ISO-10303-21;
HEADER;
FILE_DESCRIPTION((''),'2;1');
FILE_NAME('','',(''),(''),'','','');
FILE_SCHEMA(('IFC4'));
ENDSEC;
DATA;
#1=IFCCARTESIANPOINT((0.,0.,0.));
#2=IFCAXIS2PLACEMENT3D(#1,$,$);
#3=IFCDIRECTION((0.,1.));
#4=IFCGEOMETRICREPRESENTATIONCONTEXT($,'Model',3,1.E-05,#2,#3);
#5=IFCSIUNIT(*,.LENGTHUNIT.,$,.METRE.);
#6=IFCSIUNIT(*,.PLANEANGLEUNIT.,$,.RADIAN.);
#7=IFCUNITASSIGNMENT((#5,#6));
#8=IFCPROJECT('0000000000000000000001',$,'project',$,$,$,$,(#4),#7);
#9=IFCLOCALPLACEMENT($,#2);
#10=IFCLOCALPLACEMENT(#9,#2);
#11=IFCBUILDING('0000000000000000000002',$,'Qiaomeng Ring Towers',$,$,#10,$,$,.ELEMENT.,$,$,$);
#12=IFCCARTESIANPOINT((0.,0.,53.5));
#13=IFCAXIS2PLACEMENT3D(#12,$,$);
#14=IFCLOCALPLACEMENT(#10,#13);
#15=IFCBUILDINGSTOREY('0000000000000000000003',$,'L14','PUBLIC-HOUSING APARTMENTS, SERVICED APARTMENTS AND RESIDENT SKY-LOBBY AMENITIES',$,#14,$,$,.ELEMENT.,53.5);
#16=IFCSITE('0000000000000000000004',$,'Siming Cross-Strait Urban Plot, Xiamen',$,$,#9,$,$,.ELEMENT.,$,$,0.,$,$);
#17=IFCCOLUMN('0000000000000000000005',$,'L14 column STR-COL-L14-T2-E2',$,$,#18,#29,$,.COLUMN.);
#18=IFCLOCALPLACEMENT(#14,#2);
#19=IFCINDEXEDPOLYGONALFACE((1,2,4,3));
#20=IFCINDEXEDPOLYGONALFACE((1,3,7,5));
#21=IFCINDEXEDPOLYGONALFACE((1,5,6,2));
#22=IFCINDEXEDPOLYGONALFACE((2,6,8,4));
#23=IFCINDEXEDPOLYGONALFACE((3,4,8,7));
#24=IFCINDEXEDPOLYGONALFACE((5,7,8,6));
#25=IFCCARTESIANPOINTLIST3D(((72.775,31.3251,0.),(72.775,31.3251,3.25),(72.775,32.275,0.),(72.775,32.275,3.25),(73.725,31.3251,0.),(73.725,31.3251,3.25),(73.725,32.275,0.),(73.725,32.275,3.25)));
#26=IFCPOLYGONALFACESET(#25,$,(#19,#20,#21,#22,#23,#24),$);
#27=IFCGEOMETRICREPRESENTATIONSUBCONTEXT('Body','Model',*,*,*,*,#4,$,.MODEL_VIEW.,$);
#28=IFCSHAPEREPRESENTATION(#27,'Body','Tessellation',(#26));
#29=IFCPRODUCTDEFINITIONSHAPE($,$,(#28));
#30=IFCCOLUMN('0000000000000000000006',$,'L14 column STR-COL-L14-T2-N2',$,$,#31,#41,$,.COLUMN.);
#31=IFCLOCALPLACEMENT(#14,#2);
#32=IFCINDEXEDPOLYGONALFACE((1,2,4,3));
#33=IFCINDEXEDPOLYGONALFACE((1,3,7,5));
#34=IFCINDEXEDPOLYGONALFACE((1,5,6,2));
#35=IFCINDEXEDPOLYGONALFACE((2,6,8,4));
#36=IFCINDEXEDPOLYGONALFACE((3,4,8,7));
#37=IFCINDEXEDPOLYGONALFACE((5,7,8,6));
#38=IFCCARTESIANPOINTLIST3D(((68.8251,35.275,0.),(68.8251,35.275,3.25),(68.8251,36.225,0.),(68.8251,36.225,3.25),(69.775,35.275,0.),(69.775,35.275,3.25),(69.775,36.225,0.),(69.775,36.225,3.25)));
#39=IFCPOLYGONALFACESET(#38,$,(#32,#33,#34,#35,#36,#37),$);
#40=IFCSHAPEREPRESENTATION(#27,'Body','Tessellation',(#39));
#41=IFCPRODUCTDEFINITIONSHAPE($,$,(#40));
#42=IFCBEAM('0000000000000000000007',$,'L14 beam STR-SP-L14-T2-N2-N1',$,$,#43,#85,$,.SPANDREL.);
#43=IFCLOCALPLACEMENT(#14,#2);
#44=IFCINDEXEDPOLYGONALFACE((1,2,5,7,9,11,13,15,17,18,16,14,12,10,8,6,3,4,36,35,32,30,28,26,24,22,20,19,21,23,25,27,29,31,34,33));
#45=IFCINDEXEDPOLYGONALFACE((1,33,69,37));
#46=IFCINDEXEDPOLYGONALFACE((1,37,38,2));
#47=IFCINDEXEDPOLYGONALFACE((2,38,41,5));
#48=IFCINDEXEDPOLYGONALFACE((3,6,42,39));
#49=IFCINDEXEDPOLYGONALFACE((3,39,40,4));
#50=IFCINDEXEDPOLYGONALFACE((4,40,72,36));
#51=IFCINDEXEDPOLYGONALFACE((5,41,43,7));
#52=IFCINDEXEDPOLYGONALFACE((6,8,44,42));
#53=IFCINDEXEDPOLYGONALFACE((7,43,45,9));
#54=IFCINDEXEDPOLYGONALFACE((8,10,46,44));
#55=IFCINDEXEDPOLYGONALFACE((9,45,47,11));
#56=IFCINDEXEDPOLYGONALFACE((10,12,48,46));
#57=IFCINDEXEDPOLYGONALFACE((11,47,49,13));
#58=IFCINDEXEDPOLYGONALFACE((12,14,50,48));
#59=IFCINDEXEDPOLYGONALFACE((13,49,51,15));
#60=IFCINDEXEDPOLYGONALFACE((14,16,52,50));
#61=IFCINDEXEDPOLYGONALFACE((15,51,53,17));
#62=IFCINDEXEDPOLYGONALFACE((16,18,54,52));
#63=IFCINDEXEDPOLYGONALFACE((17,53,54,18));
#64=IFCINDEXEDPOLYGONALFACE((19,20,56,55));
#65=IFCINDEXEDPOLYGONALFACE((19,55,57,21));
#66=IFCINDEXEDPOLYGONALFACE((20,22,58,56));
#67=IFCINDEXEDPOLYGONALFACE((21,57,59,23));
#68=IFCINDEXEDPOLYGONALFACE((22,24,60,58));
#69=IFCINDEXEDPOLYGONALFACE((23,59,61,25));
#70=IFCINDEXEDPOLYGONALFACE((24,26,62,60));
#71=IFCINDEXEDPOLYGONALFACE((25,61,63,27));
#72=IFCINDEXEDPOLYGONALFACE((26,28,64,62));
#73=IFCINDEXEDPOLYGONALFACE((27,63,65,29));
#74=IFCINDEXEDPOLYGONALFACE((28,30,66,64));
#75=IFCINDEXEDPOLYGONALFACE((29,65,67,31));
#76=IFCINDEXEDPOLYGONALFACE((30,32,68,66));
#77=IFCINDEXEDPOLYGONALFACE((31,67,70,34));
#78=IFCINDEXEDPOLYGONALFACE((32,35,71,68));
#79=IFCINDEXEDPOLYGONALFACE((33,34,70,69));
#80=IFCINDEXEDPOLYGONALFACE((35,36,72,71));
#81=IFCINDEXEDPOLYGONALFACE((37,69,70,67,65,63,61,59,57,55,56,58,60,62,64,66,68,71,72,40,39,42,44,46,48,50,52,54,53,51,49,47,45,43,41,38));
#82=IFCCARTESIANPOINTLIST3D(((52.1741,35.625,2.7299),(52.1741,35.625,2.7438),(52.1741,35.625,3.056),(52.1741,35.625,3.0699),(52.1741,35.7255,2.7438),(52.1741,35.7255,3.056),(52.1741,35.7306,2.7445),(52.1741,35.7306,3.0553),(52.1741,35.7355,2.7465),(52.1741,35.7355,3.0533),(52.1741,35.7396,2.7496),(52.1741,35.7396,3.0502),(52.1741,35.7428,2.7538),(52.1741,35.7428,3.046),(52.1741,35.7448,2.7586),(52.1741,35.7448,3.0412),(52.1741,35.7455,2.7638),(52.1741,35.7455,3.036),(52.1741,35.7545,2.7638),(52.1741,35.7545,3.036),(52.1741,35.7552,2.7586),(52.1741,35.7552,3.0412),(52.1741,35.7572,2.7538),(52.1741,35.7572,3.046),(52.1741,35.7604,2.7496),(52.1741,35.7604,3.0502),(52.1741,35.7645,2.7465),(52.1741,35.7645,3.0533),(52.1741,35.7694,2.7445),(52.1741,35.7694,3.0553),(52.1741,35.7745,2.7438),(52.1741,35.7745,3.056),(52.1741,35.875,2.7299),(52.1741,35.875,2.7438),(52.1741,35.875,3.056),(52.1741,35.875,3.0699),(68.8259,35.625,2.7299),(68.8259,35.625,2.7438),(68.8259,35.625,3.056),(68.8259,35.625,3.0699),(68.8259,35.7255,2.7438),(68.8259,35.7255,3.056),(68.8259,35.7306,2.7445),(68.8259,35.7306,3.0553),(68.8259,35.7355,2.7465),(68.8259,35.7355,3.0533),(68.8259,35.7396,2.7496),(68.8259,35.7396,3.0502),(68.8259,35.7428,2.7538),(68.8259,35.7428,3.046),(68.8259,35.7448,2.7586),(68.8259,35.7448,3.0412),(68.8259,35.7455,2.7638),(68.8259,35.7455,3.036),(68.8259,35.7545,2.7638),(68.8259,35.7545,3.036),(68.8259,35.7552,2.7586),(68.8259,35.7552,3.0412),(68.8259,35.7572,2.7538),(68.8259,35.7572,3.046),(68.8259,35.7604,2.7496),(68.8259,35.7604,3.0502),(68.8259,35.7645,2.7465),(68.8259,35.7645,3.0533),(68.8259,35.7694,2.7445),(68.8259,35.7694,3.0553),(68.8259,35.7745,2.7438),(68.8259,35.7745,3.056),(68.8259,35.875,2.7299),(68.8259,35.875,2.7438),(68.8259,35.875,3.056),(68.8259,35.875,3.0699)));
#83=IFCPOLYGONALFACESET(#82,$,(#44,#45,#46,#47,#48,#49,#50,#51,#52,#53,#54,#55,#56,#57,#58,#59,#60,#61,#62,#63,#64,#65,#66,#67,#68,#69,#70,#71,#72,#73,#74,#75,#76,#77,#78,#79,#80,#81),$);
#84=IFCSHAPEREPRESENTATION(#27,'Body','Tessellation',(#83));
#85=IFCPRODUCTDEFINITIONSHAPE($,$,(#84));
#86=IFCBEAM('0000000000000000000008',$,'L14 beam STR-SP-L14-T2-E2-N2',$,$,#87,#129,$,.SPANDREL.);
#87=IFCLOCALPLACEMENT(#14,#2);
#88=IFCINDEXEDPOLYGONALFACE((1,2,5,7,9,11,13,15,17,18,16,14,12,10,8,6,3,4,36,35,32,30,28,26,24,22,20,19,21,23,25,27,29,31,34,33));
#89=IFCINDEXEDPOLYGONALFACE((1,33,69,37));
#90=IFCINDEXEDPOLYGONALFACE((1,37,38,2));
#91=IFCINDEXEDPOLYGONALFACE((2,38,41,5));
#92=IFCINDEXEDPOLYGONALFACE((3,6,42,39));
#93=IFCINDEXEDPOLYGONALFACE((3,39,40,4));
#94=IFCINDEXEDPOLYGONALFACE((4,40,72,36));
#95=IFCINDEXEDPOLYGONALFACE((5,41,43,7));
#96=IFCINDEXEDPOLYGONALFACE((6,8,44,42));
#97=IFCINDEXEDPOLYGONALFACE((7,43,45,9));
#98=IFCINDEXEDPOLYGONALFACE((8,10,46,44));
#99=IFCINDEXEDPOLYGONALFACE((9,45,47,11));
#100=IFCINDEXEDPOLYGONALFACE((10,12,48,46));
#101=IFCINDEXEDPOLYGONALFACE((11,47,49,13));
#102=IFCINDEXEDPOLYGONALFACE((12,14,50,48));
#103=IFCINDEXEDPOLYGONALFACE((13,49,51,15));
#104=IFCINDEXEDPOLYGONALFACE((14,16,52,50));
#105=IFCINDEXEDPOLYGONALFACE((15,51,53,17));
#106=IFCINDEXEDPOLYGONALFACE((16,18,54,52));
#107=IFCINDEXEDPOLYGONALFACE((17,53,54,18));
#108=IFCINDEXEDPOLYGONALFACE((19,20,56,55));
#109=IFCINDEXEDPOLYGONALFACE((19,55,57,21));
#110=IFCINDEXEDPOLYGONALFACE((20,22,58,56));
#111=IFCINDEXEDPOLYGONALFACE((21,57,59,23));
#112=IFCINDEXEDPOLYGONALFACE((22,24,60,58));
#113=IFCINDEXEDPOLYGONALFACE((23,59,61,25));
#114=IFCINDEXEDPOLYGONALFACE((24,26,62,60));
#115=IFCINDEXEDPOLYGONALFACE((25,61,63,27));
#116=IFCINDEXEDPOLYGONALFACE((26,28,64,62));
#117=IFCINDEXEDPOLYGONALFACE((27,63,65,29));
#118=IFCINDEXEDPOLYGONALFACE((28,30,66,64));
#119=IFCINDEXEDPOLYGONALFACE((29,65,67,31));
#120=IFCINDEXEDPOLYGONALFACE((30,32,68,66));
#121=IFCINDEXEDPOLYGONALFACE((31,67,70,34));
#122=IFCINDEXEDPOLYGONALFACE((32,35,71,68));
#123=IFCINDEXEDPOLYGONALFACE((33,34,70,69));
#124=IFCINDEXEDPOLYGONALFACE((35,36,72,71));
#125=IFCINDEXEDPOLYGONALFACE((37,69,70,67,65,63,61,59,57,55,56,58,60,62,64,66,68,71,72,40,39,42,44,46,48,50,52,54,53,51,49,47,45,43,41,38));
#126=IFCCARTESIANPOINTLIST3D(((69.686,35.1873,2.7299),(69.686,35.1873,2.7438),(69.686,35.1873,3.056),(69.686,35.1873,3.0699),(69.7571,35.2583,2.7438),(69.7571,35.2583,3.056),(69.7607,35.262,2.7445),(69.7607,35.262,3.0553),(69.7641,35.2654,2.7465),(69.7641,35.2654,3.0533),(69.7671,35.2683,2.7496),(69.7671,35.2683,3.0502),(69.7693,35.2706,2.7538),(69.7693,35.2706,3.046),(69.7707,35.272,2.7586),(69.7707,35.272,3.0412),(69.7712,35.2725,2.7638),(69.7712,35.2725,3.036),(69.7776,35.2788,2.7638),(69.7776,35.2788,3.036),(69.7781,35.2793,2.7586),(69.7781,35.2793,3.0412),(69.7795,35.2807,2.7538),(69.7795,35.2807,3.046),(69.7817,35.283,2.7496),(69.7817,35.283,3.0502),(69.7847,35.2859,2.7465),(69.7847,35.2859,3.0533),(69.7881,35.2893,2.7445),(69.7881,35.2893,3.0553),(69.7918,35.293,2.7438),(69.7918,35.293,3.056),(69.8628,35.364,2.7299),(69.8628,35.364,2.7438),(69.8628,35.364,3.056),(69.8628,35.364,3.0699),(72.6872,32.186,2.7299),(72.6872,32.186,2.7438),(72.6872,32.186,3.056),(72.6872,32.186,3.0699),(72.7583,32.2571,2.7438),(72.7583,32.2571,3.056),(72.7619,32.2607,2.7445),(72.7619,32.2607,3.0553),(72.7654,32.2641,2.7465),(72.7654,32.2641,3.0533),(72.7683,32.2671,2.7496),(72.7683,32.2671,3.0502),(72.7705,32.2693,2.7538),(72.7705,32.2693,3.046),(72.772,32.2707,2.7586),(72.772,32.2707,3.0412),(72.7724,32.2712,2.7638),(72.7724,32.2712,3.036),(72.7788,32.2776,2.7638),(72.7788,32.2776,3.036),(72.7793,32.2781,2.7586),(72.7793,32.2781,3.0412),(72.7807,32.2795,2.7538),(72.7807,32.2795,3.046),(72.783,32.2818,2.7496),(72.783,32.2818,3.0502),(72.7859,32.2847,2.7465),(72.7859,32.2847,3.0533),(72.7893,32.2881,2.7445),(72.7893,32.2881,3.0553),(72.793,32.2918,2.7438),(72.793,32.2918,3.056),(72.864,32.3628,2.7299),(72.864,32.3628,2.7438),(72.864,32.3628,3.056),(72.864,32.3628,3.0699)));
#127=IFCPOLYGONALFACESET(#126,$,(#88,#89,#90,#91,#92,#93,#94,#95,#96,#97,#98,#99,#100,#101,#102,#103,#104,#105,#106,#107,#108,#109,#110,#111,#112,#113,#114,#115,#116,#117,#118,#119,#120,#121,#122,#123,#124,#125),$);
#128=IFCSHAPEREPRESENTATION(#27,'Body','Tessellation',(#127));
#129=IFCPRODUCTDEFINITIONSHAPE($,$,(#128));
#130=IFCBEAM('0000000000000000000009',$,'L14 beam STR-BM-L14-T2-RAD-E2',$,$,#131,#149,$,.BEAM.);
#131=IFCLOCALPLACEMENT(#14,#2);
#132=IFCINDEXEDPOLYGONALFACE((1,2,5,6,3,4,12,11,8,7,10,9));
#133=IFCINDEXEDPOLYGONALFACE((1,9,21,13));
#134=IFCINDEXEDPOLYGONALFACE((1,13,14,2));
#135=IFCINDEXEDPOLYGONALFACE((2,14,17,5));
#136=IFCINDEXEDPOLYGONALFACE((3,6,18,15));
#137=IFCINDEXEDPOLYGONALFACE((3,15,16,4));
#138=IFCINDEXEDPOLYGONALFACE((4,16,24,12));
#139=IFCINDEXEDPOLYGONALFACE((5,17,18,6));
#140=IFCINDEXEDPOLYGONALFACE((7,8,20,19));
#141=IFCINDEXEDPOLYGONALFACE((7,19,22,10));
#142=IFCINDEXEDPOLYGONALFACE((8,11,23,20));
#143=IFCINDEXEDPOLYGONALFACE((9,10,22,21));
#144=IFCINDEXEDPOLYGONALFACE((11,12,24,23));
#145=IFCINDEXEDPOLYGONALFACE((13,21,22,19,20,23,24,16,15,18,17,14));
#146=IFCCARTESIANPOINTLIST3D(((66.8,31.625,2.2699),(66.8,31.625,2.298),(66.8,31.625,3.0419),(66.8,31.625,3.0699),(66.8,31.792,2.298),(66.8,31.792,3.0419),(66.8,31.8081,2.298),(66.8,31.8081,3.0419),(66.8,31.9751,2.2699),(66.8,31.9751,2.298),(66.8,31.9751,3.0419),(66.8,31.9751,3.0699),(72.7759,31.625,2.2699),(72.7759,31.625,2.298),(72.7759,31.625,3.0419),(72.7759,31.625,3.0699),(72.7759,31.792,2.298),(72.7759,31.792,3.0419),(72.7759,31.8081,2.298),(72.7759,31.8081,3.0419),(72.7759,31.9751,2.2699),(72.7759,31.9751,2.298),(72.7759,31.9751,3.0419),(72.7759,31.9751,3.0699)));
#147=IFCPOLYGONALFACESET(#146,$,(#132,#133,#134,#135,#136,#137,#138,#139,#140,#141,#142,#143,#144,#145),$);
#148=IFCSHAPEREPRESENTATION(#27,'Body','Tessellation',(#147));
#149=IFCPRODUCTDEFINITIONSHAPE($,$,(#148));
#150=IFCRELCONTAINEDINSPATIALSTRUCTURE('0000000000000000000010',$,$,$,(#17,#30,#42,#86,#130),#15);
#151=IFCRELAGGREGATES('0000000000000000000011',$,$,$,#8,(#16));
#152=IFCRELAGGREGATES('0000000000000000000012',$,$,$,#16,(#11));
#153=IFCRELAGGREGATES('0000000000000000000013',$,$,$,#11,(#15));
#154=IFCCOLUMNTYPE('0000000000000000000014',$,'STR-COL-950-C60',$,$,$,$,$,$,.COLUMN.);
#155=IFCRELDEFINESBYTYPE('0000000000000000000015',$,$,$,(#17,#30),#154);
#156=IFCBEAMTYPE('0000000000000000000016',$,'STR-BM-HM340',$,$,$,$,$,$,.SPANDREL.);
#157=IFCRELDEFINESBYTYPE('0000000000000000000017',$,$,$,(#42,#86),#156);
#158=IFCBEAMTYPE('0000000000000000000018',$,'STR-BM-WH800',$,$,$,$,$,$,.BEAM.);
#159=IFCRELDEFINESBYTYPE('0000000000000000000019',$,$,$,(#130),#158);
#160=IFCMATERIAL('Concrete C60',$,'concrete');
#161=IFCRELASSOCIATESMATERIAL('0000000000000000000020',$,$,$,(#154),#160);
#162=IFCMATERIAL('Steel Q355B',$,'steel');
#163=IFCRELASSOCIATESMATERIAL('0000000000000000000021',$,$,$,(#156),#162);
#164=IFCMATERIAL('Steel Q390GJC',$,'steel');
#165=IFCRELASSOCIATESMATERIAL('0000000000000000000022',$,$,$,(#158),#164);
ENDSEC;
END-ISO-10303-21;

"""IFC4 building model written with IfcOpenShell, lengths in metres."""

from ifc_helpers import new_model, si_unit, direction, frame, origin, origin_2d, place, context, subcontext, project, spatial, rectangle, i_section, extrude, source, transform, mapped, material, material_profile, profile_set, type_object, element, save


model = new_model("IFC4")

# Units and contexts
model_context = context("Model", 3, precision=1e-05, world=origin(), true_north=direction((0.0, 1.0)))
body_context = subcontext(model_context, "Body", "Model", "MODEL_VIEW")
ifc_project = project(units=[si_unit("LENGTHUNIT", "METRE"), si_unit("PLANEANGLEUNIT", "RADIAN")], contexts=[model_context])

# Site, building, storey
site_placement = place(None, origin())
site = spatial("IfcSite", under=ifc_project, at=site_placement, Name="Siming Cross-Strait Urban Plot, Xiamen", CompositionType="ELEMENT", RefElevation=0.0)
building_placement = place(site_placement, origin())
building = spatial("IfcBuilding", under=site, at=building_placement, Name="Qiaomeng Ring Towers", CompositionType="ELEMENT")
storey_placement = place(building_placement, frame((0.0, 0.0, 53.5)))
storey = spatial("IfcBuildingStorey", under=building, at=storey_placement, Name="L14", Description="PUBLIC-HOUSING APARTMENTS, SERVICED APARTMENTS AND RESIDENT SKY-LOBBY AMENITIES", CompositionType="ELEMENT", Elevation=53.5)

# Columns
ifc_material_1 = material(Name="Concrete C60", Category="concrete")
ifc_material_profile_1 = material_profile(ifc_material_1, rectangle(XDim=0.95, YDim=0.95, at=origin_2d()), Name="RC COL 950x950")
ifc_profile_set_1 = profile_set([ifc_material_profile_1], Name="Concrete C60")
column_type = type_object("IfcColumnType", Name="STR-COL-950-C60", PredefinedType="COLUMN", material=ifc_profile_set_1)
shared_shape_1 = source(origin(), body_context, "Body", "SweptSolid", [
    extrude(rectangle(XDim=0.95, YDim=0.95, at=origin_2d()), origin(), (0.0, 0.0, 1.0), 3.25),
])
for number, where, z_axis, x_axis, name in (
    (1, (73.25, 31.8, 0.0), (0.0, 0.0, 1.0), (1.0, 0.0, 0.0), "L14 column STR-COL-L14-T2-E2"),
    (2, (69.3, 35.75, 0.0), (0.0, 0.0, 1.0), (1.0, 0.0, 0.0), "L14 column STR-COL-L14-T2-N2"),
):
    element("IfcColumn", number, at=place(storey_placement, frame(where, z_axis=z_axis, x_axis=x_axis)), inside=storey, type_object=column_type, Name=name, PredefinedType="COLUMN", context=body_context, shape_type="MappedRepresentation", body=[
        mapped(shared_shape_1, transform((0.0, 0.0, 0.0), x_axis=(1.0, 0.0, 0.0), y_axis=(0.0, 1.0, 0.0), z_axis=(0.0, 0.0, 1.0), scale=1.0)),
    ])

# Beams
ifc_material_2 = material(Name="Steel Q355B", Category="steel")
ifc_material_profile_2 = material_profile(ifc_material_2, i_section(OverallWidth=0.25, OverallDepth=0.3401, WebThickness=0.009, FlangeThickness=0.0139, FilletRadius=0.02, at=origin_2d()), Name="HM 340x250x9x14")
ifc_profile_set_2 = profile_set([ifc_material_profile_2], Name="Steel Q355B")
beam_type_1 = type_object("IfcBeamType", Name="STR-BM-HM340", PredefinedType="SPANDREL", material=ifc_profile_set_2)
shared_shape_2 = source(origin(), body_context, "Body", "SweptSolid", [
    extrude(i_section(OverallWidth=0.25, OverallDepth=0.3401, WebThickness=0.009, FlangeThickness=0.0139, FilletRadius=0.02, at=origin_2d()), origin(), (0.0, 0.0, 1.0), 16.6519),
])
beam_1_placement = place(storey_placement, frame((68.8259, 35.75, 2.8999), z_axis=(-1.0, 0.0, 0.0), x_axis=(0.0, -1.0, 0.0)))
element("IfcBeam", 3, at=beam_1_placement, inside=storey, type_object=beam_type_1, Name="L14 beam STR-SP-L14-T2-N2-N1", PredefinedType="SPANDREL", context=body_context, shape_type="MappedRepresentation", body=[
    mapped(shared_shape_2, transform((0.0, 0.0, 0.0), x_axis=(1.0, 0.0, 0.0), y_axis=(0.0, 1.0, 0.0), z_axis=(0.0, 0.0, 1.0), scale=1.0)),
])
shared_shape_3 = source(origin(), body_context, "Body", "SweptSolid", [
    extrude(i_section(OverallWidth=0.25, OverallDepth=0.3401, WebThickness=0.009, FlangeThickness=0.0139, FilletRadius=0.02, at=origin_2d()), origin(), (0.0, 0.0, 1.0), 4.2444),
])
beam_2_placement = place(storey_placement, frame((72.7756, 32.2744, 2.8999), z_axis=(-0.707107, 0.707107, 0.0), x_axis=(-0.707107, -0.707107, 0.0)))
element("IfcBeam", 4, at=beam_2_placement, inside=storey, type_object=beam_type_1, Name="L14 beam STR-SP-L14-T2-E2-N2", PredefinedType="SPANDREL", context=body_context, shape_type="MappedRepresentation", body=[
    mapped(shared_shape_3, transform((0.0, 0.0, 0.0), x_axis=(1.0, 0.0, 0.0), y_axis=(0.0, 1.0, 0.0), z_axis=(0.0, 0.0, 1.0), scale=1.0)),
])
ifc_material_3 = material(Name="Steel Q390GJC", Category="steel")
ifc_material_profile_3 = material_profile(ifc_material_3, i_section(OverallWidth=0.3501, OverallDepth=0.8, WebThickness=0.0161, FlangeThickness=0.0281, at=origin_2d()), Name="WH 800x350x16x28")
ifc_profile_set_3 = profile_set([ifc_material_profile_3], Name="Steel Q390GJC")
beam_type_2 = type_object("IfcBeamType", Name="STR-BM-WH800", PredefinedType="BEAM", material=ifc_profile_set_3)
shared_shape_4 = source(origin(), body_context, "Body", "SweptSolid", [
    extrude(i_section(OverallWidth=0.3501, OverallDepth=0.8, WebThickness=0.0161, FlangeThickness=0.0281, at=origin_2d()), origin(), (0.0, 0.0, 1.0), 5.9758),
])
beam_3_placement = place(storey_placement, frame((66.8, 31.8, 2.6699), z_axis=(1.0, 0.0, 0.0), x_axis=(0.0, 1.0, 0.0)))
element("IfcBeam", 5, at=beam_3_placement, inside=storey, type_object=beam_type_2, Name="L14 beam STR-BM-L14-T2-RAD-E2", PredefinedType="BEAM", context=body_context, shape_type="MappedRepresentation", body=[
    mapped(shared_shape_4, transform((0.0, 0.0, 0.0), x_axis=(1.0, 0.0, 0.0), y_axis=(0.0, 1.0, 0.0), z_axis=(0.0, 0.0, 1.0), scale=1.0)),
])

save(model, "model.ifc")
